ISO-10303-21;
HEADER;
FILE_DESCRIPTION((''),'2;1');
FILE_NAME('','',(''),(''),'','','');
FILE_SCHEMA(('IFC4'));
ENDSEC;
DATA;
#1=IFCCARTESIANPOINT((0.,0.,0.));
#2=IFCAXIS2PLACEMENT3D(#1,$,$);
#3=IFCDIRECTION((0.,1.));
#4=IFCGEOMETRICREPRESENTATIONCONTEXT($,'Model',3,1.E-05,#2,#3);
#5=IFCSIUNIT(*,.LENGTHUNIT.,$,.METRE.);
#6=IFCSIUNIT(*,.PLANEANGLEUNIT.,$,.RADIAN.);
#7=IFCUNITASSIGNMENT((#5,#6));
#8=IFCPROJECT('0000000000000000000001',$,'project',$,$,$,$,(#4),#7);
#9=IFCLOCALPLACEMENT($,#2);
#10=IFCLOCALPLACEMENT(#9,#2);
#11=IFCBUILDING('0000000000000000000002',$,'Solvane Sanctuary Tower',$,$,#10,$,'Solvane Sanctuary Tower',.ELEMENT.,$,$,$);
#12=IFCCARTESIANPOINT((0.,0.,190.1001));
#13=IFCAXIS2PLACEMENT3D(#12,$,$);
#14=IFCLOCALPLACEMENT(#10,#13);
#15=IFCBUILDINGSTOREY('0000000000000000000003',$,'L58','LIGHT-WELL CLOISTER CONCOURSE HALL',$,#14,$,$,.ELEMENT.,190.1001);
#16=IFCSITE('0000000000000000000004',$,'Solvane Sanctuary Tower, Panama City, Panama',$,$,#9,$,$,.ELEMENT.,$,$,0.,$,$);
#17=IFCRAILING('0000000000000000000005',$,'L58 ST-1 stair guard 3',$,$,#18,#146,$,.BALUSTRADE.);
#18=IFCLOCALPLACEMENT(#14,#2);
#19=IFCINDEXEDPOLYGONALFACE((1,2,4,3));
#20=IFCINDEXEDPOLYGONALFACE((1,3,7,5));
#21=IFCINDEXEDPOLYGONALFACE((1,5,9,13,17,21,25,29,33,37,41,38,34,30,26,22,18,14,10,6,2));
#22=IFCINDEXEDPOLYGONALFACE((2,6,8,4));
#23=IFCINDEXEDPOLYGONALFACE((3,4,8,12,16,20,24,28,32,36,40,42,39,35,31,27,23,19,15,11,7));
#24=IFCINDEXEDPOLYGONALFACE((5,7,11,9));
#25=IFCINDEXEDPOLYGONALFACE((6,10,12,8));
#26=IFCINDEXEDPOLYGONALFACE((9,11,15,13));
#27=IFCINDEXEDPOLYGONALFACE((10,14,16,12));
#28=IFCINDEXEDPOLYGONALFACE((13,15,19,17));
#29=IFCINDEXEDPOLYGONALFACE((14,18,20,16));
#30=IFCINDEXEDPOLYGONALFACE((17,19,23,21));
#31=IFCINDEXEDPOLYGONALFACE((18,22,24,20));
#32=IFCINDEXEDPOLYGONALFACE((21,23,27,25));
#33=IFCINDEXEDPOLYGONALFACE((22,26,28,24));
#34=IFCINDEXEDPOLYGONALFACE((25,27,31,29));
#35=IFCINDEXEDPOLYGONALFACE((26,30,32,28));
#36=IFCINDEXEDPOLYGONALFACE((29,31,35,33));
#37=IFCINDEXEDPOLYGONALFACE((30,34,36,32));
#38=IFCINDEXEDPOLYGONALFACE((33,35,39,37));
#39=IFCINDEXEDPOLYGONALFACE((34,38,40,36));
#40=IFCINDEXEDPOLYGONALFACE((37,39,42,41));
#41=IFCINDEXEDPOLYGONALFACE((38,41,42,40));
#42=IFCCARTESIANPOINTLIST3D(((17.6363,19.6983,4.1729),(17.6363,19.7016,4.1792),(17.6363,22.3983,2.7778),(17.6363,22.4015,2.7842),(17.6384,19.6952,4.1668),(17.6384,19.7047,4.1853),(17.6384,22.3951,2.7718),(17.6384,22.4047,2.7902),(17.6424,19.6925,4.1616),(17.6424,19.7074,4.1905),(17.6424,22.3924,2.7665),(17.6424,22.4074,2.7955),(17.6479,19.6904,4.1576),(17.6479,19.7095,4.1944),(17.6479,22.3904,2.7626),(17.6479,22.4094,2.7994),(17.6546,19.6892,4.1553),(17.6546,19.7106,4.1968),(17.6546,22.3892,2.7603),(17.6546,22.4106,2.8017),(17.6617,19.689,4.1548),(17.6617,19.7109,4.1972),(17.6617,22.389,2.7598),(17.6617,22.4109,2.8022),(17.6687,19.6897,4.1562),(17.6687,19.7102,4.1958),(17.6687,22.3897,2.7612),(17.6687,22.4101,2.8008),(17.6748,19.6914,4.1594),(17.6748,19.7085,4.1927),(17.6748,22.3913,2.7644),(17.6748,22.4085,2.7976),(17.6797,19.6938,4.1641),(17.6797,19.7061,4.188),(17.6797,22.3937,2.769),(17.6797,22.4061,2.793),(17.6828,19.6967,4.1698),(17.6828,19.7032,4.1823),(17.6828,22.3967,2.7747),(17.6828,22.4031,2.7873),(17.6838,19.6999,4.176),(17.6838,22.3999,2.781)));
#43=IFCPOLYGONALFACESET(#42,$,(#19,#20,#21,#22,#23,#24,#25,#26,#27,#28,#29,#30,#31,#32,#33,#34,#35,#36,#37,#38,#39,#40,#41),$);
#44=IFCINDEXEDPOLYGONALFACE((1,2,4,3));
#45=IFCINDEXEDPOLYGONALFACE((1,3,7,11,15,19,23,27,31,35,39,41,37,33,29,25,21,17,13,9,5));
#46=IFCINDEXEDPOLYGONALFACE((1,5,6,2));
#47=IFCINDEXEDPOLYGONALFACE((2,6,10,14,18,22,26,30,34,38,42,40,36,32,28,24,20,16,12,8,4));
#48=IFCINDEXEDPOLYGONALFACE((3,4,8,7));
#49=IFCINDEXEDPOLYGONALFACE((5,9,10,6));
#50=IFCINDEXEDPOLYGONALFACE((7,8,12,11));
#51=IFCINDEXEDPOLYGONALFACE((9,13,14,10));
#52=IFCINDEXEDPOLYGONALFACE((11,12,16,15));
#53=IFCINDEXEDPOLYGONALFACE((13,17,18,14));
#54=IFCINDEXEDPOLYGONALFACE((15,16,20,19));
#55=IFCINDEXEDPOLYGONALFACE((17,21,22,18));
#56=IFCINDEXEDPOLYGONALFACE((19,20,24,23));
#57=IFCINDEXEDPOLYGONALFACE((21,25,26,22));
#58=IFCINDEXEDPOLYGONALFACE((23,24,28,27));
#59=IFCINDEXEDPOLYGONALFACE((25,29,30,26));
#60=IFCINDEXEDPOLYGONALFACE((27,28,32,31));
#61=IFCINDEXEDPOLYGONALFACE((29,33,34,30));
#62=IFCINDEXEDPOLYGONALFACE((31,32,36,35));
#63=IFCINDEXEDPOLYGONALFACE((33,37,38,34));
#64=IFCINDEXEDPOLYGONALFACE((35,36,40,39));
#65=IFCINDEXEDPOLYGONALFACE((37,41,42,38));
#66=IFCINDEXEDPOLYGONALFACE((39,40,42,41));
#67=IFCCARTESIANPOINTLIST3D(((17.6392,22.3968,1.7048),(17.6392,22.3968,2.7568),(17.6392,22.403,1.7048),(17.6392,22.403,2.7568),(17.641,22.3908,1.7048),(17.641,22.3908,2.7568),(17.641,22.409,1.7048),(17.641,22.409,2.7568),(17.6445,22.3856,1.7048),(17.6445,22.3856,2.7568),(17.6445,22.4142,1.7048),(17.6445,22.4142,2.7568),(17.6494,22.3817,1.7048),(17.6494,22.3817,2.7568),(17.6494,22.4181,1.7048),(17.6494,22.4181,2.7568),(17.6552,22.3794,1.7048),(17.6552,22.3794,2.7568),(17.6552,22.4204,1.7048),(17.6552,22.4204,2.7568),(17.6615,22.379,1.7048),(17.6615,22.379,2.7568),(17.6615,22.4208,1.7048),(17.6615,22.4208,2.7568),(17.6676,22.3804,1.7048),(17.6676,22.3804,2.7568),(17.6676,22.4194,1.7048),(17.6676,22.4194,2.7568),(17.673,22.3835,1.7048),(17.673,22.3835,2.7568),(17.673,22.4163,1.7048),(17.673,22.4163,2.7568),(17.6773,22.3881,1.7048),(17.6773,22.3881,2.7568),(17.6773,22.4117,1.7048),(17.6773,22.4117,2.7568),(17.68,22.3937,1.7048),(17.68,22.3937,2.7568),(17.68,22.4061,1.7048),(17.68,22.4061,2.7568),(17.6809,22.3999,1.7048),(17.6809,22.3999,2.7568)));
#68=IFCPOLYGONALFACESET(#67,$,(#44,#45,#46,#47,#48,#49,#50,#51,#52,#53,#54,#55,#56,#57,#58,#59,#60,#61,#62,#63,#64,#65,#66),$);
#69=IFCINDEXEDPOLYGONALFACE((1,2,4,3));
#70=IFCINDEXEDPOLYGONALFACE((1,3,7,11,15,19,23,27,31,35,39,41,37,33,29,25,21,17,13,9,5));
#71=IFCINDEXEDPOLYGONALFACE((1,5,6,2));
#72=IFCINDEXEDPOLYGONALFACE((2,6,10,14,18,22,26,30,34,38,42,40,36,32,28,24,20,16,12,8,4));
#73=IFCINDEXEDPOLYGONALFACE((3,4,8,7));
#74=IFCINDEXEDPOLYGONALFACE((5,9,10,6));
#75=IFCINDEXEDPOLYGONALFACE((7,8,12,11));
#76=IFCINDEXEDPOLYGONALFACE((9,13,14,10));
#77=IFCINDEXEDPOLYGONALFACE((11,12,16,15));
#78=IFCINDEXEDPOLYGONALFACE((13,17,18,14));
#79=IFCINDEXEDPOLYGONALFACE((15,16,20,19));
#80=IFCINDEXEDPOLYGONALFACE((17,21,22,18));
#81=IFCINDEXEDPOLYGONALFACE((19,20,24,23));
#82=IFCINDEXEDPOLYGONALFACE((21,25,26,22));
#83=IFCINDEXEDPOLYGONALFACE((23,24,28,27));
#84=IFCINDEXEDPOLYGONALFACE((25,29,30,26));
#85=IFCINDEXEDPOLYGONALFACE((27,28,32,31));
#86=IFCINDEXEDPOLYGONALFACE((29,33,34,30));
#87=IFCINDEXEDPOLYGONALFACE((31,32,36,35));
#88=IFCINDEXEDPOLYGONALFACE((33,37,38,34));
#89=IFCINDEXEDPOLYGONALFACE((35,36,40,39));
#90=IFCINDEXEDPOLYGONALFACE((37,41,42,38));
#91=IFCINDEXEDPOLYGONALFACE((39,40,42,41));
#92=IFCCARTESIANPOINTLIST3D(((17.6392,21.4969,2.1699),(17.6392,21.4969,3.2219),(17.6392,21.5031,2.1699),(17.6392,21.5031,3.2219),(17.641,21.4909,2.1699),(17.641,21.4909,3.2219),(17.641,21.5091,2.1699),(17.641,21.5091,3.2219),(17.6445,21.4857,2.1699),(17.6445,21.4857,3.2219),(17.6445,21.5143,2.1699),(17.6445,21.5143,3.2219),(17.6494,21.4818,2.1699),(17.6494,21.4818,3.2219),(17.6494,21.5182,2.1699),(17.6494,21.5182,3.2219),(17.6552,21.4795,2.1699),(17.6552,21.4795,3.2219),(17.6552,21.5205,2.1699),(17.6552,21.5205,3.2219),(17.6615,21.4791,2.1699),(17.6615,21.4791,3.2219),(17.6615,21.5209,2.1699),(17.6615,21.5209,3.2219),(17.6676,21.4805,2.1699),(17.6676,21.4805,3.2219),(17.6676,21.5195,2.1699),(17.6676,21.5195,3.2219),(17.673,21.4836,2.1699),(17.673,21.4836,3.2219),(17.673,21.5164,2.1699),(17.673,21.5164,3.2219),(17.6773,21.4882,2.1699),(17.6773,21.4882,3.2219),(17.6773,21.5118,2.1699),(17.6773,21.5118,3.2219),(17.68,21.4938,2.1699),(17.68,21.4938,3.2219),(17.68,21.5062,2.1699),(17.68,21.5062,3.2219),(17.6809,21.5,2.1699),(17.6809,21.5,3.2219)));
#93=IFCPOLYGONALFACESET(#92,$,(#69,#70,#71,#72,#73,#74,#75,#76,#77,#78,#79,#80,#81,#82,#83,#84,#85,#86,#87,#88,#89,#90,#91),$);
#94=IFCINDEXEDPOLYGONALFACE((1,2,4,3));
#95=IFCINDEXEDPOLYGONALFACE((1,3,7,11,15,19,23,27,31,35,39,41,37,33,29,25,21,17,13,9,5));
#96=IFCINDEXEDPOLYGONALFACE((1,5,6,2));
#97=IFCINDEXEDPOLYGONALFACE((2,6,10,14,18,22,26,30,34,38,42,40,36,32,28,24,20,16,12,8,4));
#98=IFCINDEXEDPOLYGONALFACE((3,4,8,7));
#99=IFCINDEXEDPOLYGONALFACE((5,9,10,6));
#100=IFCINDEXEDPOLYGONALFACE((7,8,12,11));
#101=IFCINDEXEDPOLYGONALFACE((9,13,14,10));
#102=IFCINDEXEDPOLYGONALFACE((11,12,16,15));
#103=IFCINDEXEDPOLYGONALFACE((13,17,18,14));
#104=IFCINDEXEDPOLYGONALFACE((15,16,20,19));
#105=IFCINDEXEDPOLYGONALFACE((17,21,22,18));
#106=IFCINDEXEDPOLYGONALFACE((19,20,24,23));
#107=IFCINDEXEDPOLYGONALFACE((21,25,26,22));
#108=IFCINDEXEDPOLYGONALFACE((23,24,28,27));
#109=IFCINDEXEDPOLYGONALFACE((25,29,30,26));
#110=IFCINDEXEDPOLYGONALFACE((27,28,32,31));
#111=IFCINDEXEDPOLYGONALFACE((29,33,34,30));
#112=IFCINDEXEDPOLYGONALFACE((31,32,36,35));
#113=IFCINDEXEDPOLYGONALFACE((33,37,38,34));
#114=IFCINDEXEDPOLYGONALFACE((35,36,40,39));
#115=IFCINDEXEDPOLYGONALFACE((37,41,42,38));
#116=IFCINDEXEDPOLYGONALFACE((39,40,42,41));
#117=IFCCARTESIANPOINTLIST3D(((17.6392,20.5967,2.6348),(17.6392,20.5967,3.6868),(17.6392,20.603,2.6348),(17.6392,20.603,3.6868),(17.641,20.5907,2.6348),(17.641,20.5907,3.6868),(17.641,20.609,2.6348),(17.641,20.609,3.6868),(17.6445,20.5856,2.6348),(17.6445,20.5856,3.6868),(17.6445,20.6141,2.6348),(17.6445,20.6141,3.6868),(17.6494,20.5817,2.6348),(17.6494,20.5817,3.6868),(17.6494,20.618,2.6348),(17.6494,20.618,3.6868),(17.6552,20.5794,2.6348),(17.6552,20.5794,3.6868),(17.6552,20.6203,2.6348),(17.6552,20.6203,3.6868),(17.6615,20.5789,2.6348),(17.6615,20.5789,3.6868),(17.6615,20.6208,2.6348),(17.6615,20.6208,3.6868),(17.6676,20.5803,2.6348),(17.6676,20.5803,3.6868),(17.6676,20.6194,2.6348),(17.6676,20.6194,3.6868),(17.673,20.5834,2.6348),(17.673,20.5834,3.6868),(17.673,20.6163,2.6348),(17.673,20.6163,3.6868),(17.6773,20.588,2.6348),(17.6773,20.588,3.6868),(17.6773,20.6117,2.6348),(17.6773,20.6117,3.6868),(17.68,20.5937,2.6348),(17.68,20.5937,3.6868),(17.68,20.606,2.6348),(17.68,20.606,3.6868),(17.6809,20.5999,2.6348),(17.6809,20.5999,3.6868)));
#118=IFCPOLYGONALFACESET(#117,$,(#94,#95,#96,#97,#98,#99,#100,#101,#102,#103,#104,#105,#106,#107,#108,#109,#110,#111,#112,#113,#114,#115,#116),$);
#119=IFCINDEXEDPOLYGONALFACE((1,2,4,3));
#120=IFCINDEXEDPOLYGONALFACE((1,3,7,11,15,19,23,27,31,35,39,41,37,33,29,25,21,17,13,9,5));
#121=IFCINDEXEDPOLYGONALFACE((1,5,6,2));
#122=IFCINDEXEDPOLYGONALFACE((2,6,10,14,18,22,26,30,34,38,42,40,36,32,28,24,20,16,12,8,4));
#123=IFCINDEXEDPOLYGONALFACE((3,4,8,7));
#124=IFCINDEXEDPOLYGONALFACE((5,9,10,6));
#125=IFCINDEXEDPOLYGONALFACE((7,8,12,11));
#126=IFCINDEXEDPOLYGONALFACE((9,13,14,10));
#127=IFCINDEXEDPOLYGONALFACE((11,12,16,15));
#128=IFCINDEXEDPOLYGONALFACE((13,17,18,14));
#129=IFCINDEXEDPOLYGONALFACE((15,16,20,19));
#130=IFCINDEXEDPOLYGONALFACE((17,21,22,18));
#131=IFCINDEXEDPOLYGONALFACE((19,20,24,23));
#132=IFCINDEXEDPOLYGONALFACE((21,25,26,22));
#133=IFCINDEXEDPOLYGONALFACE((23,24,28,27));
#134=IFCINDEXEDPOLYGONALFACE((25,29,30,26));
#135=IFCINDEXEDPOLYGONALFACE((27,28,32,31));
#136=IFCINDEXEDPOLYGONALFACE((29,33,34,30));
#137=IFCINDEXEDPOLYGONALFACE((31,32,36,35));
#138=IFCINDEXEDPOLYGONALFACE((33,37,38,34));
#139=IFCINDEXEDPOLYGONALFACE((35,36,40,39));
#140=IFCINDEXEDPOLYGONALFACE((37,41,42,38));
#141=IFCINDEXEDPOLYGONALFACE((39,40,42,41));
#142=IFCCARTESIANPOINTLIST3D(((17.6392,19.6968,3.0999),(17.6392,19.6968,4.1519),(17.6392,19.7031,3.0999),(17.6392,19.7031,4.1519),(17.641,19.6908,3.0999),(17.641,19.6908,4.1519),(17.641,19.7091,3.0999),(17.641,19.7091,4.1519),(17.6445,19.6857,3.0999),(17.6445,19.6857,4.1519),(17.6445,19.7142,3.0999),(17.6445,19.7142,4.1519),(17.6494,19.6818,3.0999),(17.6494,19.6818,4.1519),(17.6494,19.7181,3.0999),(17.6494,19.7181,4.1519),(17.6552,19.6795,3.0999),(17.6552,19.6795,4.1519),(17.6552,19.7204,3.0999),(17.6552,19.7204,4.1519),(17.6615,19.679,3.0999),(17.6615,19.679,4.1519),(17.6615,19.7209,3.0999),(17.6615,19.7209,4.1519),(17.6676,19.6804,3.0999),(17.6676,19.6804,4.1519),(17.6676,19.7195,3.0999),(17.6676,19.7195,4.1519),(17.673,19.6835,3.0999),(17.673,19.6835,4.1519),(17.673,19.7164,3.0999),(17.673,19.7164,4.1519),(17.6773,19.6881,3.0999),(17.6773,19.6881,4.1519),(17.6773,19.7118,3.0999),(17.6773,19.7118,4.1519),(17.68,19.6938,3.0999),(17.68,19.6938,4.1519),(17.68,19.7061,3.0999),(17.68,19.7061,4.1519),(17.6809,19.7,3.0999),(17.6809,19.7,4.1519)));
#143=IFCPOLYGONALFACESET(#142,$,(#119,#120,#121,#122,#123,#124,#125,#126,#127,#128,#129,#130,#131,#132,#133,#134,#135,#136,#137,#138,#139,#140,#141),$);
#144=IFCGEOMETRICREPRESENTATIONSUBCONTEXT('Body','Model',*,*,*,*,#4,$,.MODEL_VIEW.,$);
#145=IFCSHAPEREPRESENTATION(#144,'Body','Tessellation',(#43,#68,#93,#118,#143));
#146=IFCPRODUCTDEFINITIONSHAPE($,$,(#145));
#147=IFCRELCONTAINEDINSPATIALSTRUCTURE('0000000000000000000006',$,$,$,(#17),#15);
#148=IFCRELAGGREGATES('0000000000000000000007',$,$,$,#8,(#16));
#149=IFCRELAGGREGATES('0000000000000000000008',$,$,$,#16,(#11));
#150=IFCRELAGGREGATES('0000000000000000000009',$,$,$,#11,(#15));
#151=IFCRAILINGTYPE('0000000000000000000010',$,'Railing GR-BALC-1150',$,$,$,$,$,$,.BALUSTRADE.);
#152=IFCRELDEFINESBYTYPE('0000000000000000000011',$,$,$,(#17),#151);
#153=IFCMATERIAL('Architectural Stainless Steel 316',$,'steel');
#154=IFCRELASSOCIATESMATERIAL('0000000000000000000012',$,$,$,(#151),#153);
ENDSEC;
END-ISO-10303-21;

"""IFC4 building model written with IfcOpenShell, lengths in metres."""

from ifc_helpers import new_model, si_unit, direction, frame, origin, origin_2d, place, context, subcontext, project, spatial, circle, extrude, material, type_object, element, save


model = new_model("IFC4")

# Units and contexts
model_context = context("Model", 3, precision=1e-05, world=origin(), true_north=direction((0.0, 1.0)))
body_context = subcontext(model_context, "Body", "Model", "MODEL_VIEW")
ifc_project = project(units=[si_unit("LENGTHUNIT", "METRE"), si_unit("PLANEANGLEUNIT", "RADIAN")], contexts=[model_context])

# Site, building, storey
site_placement = place(None, origin())
site = spatial("IfcSite", under=ifc_project, at=site_placement, Name="Solvane Sanctuary Tower, Panama City, Panama", CompositionType="ELEMENT", RefElevation=0.0)
building_placement = place(site_placement, origin())
building = spatial("IfcBuilding", under=site, at=building_placement, Name="Solvane Sanctuary Tower", LongName="Solvane Sanctuary Tower", CompositionType="ELEMENT")
storey_placement = place(building_placement, frame((0.0, 0.0, 190.1001)))
storey = spatial("IfcBuildingStorey", under=building, at=storey_placement, Name="L58", Description="LIGHT-WELL CLOISTER CONCOURSE HALL", CompositionType="ELEMENT", Elevation=190.1001)

# Railing
ifc_material_1 = material(Name="Architectural Stainless Steel 316", Category="steel")
railing_type_1 = type_object("IfcRailingType", Name="Railing GR-BALC-1150", PredefinedType="BALUSTRADE", material=ifc_material_1)
railing_1_placement = place(storey_placement, frame((17.6599, 22.3999, 1.7048)))
element("IfcRailing", 1, at=railing_1_placement, inside=storey, type_object=railing_type_1, Name="L58 ST-1 stair guard 3", PredefinedType="BALUSTRADE", context=body_context, shape_type="SweptSolid", body=[
    extrude(circle(Radius=0.0239, at=origin_2d()), frame((0.0, 0.0, 1.0762), z_axis=(0.0, -0.88842, 0.459032), x_axis=(1.0, 0.0, 0.0)), (0.0, 0.0, 1.0), 3.0391),
    extrude(circle(Radius=0.021, at=origin_2d()), origin(), (0.0, 0.0, 1.0), 1.052),
    extrude(circle(Radius=0.021, at=origin_2d()), frame((0.0, -0.8999, 0.4651)), (0.0, 0.0, 1.0), 1.052),
    extrude(circle(Radius=0.021, at=origin_2d()), frame((0.0, -1.8, 0.9299)), (0.0, 0.0, 1.0), 1.052),
    extrude(circle(Radius=0.021, at=origin_2d()), frame((0.0, -2.7, 1.395)), (0.0, 0.0, 1.0), 1.052),
])

save(model, "model.ifc")
